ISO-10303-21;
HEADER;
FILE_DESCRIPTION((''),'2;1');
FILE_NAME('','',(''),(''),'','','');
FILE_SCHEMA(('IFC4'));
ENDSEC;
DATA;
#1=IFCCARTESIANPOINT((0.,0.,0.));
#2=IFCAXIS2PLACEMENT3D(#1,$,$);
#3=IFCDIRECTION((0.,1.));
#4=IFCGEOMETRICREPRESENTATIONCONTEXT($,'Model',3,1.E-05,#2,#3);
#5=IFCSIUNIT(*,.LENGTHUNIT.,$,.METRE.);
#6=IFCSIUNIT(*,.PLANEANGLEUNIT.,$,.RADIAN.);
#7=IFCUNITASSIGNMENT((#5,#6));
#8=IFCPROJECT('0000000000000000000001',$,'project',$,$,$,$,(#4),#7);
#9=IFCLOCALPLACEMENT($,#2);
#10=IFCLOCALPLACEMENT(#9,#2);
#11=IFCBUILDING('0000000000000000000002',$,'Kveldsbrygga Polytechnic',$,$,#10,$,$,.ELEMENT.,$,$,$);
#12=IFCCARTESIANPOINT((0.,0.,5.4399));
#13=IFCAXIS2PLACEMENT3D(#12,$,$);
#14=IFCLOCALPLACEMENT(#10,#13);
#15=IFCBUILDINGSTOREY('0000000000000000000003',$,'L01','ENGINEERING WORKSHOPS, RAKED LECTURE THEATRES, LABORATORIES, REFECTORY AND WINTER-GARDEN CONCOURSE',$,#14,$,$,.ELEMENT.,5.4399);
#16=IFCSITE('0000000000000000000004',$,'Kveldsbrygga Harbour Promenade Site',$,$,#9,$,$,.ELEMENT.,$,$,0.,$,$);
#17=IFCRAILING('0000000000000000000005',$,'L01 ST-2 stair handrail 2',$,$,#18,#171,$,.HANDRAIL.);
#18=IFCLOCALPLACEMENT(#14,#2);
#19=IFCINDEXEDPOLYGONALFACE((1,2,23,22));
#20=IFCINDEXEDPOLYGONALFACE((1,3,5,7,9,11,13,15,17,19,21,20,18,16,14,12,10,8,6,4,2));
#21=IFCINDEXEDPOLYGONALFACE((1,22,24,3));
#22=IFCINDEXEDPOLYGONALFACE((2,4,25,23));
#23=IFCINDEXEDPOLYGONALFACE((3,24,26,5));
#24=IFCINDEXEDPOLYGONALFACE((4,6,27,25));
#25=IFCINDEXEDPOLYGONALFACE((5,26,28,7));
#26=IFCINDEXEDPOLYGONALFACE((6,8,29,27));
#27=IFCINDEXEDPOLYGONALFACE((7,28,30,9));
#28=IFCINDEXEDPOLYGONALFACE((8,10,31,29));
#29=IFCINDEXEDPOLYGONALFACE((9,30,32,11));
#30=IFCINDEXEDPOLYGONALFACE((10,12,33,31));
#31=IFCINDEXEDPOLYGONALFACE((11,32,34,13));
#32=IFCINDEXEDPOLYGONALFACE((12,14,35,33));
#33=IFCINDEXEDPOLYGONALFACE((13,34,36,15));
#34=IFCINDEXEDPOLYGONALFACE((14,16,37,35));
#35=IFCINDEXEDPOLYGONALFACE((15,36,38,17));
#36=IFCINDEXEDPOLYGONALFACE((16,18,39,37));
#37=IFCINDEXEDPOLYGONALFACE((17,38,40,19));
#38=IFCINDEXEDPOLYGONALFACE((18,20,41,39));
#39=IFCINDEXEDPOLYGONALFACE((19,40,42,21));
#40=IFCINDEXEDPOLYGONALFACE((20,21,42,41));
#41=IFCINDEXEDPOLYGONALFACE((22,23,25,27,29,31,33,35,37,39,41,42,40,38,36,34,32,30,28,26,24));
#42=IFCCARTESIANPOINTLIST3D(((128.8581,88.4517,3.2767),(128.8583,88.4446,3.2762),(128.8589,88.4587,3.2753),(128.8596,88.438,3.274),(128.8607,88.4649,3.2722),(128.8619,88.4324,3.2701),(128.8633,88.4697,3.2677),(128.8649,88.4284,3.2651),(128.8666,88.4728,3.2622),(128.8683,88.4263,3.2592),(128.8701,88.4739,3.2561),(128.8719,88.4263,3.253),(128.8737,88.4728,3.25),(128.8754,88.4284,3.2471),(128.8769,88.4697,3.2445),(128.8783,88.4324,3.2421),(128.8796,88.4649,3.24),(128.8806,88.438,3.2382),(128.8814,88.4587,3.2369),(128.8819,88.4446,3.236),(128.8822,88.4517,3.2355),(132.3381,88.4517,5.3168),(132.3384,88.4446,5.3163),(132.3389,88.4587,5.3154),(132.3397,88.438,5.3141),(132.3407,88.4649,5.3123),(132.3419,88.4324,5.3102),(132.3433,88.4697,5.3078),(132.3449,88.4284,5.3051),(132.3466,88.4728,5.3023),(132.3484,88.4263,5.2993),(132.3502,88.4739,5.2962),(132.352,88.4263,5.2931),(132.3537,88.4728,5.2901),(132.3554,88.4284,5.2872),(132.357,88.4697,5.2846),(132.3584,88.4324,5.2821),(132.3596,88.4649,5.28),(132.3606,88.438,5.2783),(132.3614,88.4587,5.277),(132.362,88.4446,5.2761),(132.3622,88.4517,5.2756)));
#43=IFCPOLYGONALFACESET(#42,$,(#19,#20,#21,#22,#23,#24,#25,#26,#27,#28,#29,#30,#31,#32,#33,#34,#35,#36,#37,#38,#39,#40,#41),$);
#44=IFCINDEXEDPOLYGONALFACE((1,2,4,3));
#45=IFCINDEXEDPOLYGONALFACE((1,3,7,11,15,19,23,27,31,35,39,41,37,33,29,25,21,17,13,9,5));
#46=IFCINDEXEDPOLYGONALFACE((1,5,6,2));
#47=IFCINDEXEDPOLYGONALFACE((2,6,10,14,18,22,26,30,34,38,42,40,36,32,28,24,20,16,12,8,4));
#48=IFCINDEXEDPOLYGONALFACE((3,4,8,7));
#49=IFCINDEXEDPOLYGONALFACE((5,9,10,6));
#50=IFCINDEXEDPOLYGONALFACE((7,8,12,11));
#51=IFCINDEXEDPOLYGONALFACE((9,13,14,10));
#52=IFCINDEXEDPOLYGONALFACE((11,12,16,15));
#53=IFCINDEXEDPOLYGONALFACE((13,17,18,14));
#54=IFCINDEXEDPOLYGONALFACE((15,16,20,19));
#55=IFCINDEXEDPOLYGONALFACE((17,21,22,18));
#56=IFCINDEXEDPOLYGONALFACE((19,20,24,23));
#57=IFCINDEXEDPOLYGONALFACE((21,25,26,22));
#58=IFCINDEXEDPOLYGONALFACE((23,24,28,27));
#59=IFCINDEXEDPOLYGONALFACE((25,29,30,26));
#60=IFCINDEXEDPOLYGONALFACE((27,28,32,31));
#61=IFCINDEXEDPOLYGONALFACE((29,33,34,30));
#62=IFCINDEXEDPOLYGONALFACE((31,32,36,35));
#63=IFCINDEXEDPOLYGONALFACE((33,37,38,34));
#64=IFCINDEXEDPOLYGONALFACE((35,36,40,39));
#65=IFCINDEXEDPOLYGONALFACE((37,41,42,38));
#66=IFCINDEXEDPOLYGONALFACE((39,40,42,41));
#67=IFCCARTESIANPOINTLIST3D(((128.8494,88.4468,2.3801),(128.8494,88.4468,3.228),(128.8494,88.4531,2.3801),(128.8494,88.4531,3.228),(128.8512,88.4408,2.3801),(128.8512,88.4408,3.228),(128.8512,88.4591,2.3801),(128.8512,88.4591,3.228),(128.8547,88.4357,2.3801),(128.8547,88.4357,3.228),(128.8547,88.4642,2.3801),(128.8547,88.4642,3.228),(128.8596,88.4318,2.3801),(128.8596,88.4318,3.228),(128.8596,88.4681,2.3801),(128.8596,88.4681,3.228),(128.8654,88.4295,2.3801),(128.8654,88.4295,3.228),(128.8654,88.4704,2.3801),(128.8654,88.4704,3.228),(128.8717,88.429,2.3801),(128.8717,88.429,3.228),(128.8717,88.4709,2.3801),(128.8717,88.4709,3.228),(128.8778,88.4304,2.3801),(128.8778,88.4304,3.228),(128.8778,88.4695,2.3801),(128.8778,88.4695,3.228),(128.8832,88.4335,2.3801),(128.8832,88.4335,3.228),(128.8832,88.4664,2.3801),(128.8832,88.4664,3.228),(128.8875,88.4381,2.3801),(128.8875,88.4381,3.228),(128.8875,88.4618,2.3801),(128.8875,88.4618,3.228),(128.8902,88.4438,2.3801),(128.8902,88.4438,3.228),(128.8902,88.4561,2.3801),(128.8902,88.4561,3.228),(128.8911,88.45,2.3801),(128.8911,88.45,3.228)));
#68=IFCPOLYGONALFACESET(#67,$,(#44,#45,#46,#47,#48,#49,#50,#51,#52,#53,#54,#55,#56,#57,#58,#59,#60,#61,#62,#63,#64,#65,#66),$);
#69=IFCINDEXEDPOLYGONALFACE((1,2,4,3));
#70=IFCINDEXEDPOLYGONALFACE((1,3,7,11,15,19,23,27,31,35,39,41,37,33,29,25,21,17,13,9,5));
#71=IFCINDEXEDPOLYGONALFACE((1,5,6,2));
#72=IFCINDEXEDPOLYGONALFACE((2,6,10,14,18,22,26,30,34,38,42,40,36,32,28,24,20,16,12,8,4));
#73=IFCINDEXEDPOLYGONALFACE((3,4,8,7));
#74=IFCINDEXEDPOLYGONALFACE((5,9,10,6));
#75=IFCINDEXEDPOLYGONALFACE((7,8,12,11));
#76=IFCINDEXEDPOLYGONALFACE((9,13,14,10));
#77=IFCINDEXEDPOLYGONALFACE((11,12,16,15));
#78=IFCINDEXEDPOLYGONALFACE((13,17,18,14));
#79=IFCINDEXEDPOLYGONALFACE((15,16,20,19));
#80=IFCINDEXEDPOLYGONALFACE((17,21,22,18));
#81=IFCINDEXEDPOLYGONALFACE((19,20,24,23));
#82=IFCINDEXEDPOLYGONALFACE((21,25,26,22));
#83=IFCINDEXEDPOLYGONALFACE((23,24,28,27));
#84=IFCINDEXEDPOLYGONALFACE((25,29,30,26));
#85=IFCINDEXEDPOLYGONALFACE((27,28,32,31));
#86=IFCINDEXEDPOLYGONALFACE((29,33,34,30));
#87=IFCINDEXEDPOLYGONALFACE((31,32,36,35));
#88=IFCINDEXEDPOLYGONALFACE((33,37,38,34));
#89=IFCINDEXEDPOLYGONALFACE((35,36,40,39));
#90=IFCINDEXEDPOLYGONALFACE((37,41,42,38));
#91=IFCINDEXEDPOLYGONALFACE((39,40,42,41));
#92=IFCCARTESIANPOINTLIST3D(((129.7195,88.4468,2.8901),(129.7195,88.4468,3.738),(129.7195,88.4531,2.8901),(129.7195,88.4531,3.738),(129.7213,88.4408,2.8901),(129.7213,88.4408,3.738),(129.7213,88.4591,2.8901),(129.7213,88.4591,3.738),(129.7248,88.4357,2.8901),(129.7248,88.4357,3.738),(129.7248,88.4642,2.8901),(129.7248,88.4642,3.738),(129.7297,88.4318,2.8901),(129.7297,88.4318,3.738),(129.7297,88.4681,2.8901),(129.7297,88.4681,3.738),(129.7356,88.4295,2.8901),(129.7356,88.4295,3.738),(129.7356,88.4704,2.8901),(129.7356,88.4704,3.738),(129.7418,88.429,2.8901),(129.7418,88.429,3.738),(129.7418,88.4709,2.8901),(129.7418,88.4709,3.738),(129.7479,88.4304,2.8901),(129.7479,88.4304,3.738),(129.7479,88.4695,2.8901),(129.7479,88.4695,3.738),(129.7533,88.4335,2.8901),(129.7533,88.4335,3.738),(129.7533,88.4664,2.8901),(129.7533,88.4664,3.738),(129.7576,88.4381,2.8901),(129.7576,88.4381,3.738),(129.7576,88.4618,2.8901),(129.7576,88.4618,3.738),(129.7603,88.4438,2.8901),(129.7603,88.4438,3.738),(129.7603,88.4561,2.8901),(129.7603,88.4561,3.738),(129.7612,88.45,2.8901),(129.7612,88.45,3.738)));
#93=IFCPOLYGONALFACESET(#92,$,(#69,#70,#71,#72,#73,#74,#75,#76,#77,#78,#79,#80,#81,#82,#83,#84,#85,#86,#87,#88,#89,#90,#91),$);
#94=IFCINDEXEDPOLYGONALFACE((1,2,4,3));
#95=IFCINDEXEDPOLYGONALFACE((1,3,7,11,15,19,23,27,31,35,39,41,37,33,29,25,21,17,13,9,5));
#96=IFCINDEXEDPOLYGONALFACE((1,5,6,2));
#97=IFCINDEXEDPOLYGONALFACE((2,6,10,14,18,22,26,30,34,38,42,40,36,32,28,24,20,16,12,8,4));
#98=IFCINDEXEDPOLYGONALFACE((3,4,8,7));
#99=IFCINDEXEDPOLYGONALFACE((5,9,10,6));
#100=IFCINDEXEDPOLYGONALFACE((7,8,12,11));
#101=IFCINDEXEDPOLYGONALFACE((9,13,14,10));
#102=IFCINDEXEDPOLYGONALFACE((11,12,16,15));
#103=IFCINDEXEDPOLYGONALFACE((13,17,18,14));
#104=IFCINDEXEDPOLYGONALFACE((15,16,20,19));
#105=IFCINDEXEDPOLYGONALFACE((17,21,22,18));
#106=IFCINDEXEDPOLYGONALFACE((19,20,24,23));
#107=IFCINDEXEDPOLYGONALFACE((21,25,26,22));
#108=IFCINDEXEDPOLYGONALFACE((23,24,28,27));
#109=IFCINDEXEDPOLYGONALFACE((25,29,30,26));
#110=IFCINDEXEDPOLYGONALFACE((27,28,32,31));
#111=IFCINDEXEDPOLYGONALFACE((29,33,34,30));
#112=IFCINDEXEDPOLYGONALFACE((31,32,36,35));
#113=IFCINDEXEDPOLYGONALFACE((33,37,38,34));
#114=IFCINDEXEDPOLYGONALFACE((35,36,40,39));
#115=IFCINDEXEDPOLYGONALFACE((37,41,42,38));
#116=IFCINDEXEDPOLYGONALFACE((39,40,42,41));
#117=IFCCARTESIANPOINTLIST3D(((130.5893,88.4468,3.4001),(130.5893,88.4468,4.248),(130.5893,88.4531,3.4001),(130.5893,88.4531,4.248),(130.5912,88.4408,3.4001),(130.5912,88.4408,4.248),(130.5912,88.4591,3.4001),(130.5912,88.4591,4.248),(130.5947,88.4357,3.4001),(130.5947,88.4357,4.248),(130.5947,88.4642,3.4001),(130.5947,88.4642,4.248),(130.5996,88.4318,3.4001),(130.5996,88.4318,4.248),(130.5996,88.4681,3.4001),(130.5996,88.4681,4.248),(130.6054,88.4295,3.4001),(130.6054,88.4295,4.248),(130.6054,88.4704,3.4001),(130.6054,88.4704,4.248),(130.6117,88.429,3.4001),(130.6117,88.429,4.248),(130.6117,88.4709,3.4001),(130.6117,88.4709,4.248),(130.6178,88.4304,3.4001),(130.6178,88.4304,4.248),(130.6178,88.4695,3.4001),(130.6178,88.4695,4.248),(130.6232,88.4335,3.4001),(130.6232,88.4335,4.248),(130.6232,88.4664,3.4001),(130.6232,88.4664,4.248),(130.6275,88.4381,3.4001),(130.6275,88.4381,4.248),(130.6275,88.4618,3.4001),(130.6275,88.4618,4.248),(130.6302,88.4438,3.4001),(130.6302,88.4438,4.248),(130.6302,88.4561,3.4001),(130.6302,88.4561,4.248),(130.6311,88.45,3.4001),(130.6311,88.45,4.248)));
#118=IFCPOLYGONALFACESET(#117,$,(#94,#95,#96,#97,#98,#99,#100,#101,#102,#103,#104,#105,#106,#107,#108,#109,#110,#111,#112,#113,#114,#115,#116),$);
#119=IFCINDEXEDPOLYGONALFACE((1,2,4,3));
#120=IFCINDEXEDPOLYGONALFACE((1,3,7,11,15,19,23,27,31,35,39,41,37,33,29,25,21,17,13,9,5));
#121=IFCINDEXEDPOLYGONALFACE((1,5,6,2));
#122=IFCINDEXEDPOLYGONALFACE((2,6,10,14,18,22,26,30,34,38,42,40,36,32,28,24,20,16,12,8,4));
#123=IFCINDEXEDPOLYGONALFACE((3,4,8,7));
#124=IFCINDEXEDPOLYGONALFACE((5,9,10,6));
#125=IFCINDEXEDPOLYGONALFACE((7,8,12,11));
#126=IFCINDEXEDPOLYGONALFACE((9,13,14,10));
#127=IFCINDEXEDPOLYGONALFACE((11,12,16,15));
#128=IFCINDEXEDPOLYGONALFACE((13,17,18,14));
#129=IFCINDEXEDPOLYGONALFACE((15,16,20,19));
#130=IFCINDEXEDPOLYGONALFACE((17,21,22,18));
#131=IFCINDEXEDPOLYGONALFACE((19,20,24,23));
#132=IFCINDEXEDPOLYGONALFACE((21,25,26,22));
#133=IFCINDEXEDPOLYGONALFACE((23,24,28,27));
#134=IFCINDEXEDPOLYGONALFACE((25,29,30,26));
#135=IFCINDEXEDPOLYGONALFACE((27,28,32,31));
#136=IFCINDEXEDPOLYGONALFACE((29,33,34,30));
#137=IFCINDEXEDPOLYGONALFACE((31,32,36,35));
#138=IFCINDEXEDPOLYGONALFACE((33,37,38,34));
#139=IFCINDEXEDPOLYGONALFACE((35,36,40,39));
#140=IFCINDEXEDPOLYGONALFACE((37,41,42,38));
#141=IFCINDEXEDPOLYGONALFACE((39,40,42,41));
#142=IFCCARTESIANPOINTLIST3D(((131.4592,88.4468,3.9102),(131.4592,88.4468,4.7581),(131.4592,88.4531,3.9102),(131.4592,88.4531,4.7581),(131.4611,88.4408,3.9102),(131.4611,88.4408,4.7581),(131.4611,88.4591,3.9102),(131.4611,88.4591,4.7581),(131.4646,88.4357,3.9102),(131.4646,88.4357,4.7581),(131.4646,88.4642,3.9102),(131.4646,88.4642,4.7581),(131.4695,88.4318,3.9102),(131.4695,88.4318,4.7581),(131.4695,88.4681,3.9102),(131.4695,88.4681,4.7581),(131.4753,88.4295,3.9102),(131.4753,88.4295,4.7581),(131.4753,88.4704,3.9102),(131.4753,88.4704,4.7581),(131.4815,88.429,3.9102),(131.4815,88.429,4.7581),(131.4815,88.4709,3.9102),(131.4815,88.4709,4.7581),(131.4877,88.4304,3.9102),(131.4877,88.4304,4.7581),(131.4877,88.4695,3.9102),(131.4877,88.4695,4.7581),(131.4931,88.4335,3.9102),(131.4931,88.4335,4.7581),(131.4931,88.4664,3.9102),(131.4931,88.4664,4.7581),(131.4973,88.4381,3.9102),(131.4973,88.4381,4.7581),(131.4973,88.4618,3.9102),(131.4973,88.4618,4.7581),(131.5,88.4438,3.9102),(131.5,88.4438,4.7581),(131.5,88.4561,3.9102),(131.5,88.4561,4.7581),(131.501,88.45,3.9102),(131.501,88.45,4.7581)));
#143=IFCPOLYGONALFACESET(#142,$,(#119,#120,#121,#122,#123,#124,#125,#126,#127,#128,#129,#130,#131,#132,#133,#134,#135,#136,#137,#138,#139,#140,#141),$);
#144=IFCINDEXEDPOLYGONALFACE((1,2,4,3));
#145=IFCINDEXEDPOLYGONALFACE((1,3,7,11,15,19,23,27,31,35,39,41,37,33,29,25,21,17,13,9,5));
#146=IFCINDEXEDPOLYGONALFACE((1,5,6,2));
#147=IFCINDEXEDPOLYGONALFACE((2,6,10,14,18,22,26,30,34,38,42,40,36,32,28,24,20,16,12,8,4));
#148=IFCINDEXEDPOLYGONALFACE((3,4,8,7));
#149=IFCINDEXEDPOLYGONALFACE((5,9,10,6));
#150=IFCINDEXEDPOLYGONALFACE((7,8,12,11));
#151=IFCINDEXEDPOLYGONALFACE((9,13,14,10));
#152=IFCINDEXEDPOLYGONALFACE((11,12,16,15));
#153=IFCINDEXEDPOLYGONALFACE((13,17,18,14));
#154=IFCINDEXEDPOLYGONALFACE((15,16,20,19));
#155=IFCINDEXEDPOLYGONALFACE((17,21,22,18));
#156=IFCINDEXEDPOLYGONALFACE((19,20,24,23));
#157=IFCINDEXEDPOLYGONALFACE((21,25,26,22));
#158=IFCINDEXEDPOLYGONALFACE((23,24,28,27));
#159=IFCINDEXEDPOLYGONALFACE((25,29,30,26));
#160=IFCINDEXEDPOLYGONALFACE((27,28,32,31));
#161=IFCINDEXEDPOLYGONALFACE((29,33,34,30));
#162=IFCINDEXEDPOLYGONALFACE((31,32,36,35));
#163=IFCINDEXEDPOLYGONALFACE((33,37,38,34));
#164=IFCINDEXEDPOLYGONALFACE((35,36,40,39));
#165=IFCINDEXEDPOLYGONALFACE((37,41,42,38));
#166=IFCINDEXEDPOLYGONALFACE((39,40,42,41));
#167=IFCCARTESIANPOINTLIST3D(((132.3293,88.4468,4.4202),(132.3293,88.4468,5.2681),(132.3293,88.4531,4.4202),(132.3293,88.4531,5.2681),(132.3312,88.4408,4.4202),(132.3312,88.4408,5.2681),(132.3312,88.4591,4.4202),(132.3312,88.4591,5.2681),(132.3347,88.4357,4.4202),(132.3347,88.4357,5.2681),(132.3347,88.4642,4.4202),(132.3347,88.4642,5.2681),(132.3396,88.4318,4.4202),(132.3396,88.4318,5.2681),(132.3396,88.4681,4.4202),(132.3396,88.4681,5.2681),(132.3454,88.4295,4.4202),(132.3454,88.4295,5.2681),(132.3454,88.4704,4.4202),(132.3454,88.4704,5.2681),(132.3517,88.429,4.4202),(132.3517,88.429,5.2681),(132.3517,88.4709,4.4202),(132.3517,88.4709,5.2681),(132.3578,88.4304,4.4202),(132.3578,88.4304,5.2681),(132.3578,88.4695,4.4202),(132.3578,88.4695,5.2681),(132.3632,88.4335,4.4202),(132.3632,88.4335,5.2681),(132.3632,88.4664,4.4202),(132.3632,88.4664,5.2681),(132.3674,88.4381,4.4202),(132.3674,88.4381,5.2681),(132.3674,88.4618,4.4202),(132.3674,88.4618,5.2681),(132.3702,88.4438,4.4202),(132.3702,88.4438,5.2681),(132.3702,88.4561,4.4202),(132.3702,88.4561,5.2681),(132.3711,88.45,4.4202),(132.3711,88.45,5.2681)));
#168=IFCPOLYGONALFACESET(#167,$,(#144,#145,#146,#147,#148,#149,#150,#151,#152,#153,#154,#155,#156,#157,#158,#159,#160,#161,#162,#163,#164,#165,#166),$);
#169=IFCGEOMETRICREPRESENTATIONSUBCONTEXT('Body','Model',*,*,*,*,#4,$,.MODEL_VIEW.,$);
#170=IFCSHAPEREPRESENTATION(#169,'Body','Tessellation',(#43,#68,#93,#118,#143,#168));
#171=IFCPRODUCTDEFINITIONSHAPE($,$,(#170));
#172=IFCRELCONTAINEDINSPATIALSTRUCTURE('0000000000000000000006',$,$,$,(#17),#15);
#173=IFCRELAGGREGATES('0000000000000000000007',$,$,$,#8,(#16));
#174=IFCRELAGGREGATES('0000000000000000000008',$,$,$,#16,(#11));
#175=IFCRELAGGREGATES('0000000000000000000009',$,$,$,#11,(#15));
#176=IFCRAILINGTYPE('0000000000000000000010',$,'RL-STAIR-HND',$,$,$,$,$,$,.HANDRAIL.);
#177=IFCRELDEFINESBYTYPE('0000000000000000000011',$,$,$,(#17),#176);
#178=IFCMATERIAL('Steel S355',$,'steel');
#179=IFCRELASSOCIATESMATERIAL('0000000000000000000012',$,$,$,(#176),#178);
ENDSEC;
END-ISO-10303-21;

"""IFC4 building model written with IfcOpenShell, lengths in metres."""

from ifc_helpers import new_model, si_unit, direction, frame, origin, origin_2d, place, context, subcontext, project, spatial, circle, extrude, material, type_object, element, save


model = new_model("IFC4")

# Units and contexts
model_context = context("Model", 3, precision=1e-05, world=origin(), true_north=direction((0.0, 1.0)))
body_context = subcontext(model_context, "Body", "Model", "MODEL_VIEW")
ifc_project = project(units=[si_unit("LENGTHUNIT", "METRE"), si_unit("PLANEANGLEUNIT", "RADIAN")], contexts=[model_context])

# Site, building, storey
site_placement = place(None, origin())
site = spatial("IfcSite", under=ifc_project, at=site_placement, Name="Kveldsbrygga Harbour Promenade Site", CompositionType="ELEMENT", RefElevation=0.0)
building_placement = place(site_placement, origin())
building = spatial("IfcBuilding", under=site, at=building_placement, Name="Kveldsbrygga Polytechnic", CompositionType="ELEMENT")
storey_placement = place(building_placement, frame((0.0, 0.0, 5.4399)))
storey = spatial("IfcBuildingStorey", under=building, at=storey_placement, Name="L01", Description="ENGINEERING WORKSHOPS, RAKED LECTURE THEATRES, LABORATORIES, REFECTORY AND WINTER-GARDEN CONCOURSE", CompositionType="ELEMENT", Elevation=5.4399)

# Railing
ifc_material_1 = material(Name="Steel S355", Category="steel")
railing_type_1 = type_object("IfcRailingType", Name="RL-STAIR-HND", PredefinedType="HANDRAIL", material=ifc_material_1)
railing_1_placement = place(storey_placement, frame((128.8701, 88.45, 2.3801)))
element("IfcRailing", 1, at=railing_1_placement, inside=storey, type_object=railing_type_1, Name="L01 ST-2 stair handrail 2", PredefinedType="HANDRAIL", context=body_context, shape_type="SweptSolid", body=[
    extrude(circle(Radius=0.0239, at=origin_2d()), frame((0.0, 0.0, 0.876), z_axis=(0.862693, 0.0, 0.505729), x_axis=(0.0, 1.0, 0.0)), (0.0, 0.0, 1.0), 4.0339),
    extrude(circle(Radius=0.021, at=origin_2d()), origin(), (0.0, 0.0, 1.0), 0.8479),
    extrude(circle(Radius=0.021, at=origin_2d()), frame((0.8701, 0.0, 0.51)), (0.0, 0.0, 1.0), 0.8479),
    extrude(circle(Radius=0.021, at=origin_2d()), frame((1.74, 0.0, 1.02)), (0.0, 0.0, 1.0), 0.8479),
    extrude(circle(Radius=0.021, at=origin_2d()), frame((2.6099, 0.0, 1.53)), (0.0, 0.0, 1.0), 0.8479),
    extrude(circle(Radius=0.021, at=origin_2d()), frame((3.48, 0.0, 2.04)), (0.0, 0.0, 1.0), 0.8479),
])

save(model, "model.ifc")
